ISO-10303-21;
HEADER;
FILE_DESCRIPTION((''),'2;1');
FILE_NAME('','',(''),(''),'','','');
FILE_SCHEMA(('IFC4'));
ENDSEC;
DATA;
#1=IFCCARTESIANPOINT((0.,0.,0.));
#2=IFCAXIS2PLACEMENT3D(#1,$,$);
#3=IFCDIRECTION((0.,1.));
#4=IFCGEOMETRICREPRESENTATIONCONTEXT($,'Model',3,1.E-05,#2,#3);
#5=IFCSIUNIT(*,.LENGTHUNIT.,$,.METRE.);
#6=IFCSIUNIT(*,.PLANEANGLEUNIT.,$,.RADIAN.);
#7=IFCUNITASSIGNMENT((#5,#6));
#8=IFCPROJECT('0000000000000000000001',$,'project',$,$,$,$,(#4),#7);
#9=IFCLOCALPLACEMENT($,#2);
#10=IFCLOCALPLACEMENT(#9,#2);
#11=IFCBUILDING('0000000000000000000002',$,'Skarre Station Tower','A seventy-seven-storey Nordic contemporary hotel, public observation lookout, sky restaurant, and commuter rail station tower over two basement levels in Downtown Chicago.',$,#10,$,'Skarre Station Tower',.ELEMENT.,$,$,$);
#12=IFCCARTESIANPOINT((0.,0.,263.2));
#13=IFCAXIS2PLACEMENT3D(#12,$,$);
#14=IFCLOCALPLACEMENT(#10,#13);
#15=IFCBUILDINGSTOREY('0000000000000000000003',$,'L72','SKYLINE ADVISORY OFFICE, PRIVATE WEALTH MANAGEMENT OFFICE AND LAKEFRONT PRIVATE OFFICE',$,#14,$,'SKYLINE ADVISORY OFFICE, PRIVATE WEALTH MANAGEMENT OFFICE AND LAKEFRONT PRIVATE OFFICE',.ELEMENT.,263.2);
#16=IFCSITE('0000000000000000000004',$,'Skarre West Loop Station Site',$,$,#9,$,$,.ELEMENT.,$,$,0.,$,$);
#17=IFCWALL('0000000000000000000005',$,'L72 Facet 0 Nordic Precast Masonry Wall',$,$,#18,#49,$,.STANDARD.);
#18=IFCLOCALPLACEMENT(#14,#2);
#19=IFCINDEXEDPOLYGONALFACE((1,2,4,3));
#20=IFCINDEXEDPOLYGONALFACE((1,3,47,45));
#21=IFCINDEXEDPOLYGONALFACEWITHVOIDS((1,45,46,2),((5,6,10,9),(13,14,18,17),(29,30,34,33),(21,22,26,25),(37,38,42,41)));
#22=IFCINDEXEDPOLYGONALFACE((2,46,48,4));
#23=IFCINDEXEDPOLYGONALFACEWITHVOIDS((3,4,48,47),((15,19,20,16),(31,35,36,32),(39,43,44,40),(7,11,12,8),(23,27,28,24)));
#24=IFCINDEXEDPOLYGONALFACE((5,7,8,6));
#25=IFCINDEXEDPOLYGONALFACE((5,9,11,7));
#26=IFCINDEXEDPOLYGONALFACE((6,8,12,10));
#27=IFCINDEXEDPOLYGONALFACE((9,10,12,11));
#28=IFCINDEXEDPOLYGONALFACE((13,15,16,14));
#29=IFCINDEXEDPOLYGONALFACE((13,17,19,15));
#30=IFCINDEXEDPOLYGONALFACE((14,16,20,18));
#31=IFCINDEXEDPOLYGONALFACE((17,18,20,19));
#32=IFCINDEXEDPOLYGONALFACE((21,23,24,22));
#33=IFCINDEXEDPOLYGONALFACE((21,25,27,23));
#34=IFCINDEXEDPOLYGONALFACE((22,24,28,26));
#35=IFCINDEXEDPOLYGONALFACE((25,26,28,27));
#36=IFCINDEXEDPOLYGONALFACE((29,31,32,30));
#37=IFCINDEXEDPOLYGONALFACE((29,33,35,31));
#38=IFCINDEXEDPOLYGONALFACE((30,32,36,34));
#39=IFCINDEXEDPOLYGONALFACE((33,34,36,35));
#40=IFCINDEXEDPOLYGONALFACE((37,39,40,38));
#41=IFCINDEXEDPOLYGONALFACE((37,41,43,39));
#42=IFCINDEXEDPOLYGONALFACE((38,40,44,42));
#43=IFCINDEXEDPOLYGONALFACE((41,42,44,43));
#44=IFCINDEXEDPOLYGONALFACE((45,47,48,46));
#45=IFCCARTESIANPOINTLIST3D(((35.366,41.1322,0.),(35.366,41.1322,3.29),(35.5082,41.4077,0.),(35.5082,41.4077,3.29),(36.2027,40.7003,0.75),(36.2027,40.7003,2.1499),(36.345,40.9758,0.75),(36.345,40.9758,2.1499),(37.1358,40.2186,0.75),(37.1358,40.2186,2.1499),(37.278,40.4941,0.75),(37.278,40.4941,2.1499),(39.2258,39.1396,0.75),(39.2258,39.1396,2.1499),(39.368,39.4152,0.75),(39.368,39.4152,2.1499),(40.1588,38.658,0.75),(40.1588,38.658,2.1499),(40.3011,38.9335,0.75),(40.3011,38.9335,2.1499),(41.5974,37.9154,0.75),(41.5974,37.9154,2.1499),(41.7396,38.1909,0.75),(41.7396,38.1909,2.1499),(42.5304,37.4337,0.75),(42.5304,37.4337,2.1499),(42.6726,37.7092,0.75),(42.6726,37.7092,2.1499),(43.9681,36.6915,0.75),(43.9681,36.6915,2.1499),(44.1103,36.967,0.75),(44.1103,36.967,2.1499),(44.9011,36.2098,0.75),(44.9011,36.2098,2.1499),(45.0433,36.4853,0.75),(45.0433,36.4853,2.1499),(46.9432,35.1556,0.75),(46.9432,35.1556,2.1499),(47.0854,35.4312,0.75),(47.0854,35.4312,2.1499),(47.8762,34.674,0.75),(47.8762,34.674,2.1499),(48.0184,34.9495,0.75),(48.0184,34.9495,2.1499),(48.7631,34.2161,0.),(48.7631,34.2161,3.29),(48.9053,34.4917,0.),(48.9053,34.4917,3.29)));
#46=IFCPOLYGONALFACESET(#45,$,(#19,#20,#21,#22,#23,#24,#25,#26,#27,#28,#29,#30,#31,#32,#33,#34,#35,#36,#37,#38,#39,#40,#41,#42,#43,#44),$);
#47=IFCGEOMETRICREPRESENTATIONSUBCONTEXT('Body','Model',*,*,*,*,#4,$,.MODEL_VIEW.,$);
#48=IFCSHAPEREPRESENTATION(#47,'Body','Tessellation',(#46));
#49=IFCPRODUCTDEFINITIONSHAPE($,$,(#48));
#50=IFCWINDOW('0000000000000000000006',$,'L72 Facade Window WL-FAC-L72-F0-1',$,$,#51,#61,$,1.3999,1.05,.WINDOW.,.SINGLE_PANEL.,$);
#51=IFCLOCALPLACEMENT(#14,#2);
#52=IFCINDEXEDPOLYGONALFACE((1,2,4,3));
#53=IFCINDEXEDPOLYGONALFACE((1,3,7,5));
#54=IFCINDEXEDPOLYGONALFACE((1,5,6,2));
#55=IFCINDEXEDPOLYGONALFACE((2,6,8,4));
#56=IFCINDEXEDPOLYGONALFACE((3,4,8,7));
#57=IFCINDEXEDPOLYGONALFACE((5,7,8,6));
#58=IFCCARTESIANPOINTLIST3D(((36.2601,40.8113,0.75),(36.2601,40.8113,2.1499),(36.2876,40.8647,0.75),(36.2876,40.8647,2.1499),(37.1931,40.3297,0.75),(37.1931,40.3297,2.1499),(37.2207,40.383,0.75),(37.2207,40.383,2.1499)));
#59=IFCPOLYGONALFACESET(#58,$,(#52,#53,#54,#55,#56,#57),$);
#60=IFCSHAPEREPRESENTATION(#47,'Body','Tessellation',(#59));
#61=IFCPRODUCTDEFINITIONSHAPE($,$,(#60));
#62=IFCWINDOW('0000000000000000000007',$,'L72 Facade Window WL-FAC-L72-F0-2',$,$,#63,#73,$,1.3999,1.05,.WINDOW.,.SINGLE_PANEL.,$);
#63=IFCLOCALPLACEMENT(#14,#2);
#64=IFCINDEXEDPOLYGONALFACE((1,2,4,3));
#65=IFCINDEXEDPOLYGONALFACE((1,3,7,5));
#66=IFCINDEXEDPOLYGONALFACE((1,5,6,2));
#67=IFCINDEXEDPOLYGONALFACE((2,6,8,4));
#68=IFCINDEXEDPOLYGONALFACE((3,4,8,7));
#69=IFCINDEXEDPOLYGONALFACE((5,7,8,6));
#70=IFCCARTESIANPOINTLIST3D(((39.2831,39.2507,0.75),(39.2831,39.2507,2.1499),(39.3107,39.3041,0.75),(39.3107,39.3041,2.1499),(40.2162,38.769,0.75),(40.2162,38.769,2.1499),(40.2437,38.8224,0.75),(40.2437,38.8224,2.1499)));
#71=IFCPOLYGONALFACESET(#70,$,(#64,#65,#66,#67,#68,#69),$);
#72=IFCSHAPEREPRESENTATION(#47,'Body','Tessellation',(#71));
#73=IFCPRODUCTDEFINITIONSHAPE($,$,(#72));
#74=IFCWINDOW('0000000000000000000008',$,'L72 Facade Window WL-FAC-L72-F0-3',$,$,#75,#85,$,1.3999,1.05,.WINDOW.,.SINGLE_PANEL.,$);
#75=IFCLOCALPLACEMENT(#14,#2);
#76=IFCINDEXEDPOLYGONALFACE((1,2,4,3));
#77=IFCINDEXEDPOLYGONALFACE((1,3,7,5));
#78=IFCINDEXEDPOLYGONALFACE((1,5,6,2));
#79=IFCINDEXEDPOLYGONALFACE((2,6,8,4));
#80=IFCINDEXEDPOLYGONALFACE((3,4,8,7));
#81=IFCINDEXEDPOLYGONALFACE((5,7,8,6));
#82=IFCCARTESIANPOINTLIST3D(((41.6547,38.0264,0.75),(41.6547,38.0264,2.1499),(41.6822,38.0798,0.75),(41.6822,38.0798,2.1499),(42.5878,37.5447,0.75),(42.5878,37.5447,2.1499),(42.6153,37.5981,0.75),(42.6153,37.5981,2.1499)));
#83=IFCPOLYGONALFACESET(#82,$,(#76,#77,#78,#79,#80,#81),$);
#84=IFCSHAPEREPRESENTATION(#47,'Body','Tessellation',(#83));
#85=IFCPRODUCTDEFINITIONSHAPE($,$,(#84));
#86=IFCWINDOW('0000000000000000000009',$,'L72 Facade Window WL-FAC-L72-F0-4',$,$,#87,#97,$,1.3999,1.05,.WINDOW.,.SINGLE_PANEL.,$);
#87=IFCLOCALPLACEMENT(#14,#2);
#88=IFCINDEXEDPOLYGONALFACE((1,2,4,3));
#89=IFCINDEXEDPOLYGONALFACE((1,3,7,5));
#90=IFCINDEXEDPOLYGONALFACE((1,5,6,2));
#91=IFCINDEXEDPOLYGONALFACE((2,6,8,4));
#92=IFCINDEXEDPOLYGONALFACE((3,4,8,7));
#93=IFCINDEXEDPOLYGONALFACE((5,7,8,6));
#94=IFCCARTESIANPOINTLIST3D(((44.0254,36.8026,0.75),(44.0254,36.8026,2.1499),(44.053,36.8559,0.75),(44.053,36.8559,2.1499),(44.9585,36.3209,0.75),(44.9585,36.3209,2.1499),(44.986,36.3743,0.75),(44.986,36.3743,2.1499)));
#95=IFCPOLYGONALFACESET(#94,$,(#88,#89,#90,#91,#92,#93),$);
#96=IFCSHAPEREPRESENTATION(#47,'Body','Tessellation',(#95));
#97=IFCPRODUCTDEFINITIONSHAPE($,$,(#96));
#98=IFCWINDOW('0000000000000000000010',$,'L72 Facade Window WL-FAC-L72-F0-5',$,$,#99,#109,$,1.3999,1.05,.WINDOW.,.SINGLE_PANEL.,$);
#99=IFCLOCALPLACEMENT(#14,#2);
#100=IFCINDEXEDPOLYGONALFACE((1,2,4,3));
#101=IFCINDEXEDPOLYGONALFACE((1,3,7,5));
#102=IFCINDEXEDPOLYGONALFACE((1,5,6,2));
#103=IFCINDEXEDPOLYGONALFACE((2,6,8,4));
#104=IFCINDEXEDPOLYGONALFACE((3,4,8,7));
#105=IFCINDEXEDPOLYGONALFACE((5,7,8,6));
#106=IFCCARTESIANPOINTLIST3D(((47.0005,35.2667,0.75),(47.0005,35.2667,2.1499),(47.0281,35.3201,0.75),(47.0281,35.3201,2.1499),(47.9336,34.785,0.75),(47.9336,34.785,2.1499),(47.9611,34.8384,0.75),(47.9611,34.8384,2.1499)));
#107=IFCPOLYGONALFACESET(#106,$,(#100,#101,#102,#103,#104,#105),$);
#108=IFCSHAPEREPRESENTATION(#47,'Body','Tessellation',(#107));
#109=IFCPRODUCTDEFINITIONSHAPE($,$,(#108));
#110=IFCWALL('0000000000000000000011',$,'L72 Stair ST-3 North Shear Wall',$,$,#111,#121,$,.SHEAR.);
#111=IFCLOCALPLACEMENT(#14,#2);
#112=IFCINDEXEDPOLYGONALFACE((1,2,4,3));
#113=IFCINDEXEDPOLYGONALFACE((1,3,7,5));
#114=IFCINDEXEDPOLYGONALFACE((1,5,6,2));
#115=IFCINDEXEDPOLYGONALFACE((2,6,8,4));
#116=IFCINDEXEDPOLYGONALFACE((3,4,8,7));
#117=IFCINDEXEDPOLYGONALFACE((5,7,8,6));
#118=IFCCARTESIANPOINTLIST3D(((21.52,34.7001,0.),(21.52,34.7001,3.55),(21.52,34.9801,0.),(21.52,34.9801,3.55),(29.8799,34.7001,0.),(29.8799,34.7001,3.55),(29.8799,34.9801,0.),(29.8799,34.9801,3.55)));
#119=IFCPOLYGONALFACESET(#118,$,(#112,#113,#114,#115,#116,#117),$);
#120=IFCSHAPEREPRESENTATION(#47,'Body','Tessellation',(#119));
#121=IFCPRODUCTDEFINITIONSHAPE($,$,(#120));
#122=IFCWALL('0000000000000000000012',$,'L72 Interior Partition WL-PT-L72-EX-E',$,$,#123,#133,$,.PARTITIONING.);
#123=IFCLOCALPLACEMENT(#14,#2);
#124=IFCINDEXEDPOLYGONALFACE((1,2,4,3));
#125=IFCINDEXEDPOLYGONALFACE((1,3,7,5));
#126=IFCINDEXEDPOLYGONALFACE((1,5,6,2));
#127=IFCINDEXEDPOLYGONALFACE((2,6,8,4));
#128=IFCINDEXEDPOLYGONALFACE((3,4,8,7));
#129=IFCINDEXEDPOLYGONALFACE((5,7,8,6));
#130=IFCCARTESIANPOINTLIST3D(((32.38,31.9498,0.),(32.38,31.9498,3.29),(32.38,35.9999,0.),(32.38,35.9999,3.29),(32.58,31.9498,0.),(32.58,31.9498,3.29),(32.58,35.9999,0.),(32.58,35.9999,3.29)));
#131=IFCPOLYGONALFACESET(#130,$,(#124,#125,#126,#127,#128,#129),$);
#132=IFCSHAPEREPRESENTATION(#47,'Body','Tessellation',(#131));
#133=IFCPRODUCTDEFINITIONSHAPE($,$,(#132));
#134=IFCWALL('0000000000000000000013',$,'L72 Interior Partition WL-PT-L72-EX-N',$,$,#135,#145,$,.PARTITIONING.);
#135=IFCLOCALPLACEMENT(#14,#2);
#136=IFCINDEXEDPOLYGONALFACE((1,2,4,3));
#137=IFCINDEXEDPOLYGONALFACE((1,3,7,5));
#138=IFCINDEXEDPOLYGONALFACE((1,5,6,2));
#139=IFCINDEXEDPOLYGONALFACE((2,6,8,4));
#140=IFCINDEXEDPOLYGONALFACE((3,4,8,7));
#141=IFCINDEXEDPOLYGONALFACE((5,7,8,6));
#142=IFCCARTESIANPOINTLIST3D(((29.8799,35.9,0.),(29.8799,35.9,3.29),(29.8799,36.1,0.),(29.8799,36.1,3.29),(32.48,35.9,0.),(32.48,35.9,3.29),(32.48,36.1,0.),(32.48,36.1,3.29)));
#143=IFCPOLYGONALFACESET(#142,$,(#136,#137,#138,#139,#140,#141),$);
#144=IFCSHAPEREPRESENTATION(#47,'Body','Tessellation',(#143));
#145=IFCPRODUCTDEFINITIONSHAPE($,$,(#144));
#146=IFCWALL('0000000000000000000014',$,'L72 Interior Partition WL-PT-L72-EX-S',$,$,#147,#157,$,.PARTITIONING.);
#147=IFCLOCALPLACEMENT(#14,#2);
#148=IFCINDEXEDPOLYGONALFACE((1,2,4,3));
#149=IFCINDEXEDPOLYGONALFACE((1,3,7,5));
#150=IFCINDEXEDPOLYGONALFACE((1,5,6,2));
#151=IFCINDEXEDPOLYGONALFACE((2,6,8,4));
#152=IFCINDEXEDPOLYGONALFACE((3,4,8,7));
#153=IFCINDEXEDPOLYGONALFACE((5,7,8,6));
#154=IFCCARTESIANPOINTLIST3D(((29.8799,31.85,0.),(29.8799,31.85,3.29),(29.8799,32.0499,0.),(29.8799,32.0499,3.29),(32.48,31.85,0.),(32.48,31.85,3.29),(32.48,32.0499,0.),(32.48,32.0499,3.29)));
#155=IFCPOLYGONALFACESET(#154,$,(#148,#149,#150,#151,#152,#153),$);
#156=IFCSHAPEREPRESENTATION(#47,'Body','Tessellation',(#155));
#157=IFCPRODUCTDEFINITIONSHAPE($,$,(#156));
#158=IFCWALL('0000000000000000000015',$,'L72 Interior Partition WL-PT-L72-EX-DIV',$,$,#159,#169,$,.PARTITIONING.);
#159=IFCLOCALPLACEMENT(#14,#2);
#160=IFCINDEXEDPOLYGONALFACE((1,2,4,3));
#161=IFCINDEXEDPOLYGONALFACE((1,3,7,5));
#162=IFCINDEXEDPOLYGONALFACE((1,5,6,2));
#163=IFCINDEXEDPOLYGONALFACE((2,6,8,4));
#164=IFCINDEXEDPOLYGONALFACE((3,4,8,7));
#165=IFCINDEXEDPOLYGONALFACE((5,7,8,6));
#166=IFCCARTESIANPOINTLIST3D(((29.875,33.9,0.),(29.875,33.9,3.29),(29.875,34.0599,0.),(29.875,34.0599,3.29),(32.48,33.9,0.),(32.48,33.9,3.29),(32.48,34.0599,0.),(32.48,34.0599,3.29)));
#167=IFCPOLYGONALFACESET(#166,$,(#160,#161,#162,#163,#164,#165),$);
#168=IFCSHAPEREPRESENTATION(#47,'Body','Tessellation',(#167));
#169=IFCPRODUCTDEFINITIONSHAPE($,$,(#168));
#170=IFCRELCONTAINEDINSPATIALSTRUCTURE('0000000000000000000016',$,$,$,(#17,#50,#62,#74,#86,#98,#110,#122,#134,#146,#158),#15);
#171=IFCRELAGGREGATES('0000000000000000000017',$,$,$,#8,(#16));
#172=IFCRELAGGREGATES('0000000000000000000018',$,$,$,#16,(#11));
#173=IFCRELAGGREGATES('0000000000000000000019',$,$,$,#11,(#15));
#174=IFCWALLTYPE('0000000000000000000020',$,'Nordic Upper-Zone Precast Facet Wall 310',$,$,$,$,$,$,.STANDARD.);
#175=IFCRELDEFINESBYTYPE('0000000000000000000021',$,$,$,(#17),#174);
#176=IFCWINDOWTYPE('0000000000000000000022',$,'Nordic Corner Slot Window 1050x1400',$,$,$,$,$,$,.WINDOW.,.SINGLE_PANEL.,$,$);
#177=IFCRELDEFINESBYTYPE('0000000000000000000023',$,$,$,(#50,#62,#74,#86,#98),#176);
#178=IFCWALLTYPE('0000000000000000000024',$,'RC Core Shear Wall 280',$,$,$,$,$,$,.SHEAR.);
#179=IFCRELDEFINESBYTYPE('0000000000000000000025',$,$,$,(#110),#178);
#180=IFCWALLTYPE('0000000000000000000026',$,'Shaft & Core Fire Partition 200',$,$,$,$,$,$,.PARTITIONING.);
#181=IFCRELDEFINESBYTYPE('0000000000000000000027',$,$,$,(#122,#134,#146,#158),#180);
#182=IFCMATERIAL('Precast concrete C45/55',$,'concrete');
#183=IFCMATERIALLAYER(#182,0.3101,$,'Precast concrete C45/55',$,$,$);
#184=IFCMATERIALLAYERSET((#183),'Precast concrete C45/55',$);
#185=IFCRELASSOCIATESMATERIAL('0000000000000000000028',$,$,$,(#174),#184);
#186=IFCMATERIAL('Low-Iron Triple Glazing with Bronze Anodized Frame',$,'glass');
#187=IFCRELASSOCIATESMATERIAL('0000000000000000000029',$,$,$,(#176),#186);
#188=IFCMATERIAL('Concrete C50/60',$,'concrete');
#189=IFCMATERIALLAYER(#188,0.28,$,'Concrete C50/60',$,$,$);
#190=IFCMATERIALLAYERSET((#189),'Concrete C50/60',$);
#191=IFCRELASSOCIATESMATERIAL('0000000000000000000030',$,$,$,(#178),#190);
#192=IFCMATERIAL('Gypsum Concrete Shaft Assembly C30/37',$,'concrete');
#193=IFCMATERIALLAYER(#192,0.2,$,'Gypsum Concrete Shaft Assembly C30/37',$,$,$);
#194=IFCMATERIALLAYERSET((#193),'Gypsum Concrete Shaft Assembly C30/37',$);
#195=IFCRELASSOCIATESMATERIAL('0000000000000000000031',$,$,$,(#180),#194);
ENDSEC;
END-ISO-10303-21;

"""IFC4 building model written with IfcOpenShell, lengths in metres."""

from ifc_helpers import new_model, si_unit, direction, frame, frame_2d, origin, place, context, subcontext, project, spatial, rectangle, extrude, material, layer, layer_set, type_object, element, fill, save


model = new_model("IFC4")

# Units and contexts
model_context = context("Model", 3, precision=1e-05, world=origin(), true_north=direction((0.0, 1.0)))
body_context = subcontext(model_context, "Body", "Model", "MODEL_VIEW")
ifc_project = project(units=[si_unit("LENGTHUNIT", "METRE"), si_unit("PLANEANGLEUNIT", "RADIAN")], contexts=[model_context])

# Site, building, storey
site_placement = place(None, origin())
site = spatial("IfcSite", under=ifc_project, at=site_placement, Name="Skarre West Loop Station Site", CompositionType="ELEMENT", RefElevation=0.0)
building_placement = place(site_placement, origin())
building = spatial("IfcBuilding", under=site, at=building_placement, Name="Skarre Station Tower", Description="A seventy-seven-storey Nordic contemporary hotel, public observation lookout, sky restaurant, and commuter rail station tower over two basement levels in Downtown Chicago.", LongName="Skarre Station Tower", CompositionType="ELEMENT")
storey_placement = place(building_placement, frame((0.0, 0.0, 263.2)))
storey = spatial("IfcBuildingStorey", under=building, at=storey_placement, Name="L72", Description="SKYLINE ADVISORY OFFICE, PRIVATE WEALTH MANAGEMENT OFFICE AND LAKEFRONT PRIVATE OFFICE", LongName="SKYLINE ADVISORY OFFICE, PRIVATE WEALTH MANAGEMENT OFFICE AND LAKEFRONT PRIVATE OFFICE", CompositionType="ELEMENT", Elevation=263.2)

# Shared definitions
ifc_material_1 = material(Name="Concrete C50/60", Category="concrete")

# Shared definitions
ifc_material_2 = material(Name="Precast concrete C45/55", Category="concrete")

# Wall, openings, windows
ifc_layer_1 = layer(ifc_material_2, 0.3101, Name="Precast concrete C45/55")
ifc_layer_set_1 = layer_set([ifc_layer_1], Name="Precast concrete C45/55")
wall_type_1 = type_object("IfcWallType", Name="Nordic Upper-Zone Precast Facet Wall 310", PredefinedType="STANDARD", material=ifc_layer_set_1)
wall_1_placement = place(storey_placement, frame((35.437, 41.27, 0.0), z_axis=(0.0, 0.0, 1.0), x_axis=(0.888581, -0.458719, 0.0)))
wall_1 = element("IfcWall", 1, at=wall_1_placement, inside=storey, type_object=wall_type_1, Name="L72 Facet 0 Nordic Precast Masonry Wall", PredefinedType="STANDARD", context=body_context, shape_type="SweptSolid", body=[
    extrude(rectangle(XDim=15.0769, YDim=0.3101, at=frame_2d((7.5386, 0.0))), origin(), (0.0, 0.0, 1.0), 3.29),
])
opening_1_placement = place(wall_1_placement, frame((0.9419, 0.0, 0.75)))
opening_1 = element("IfcOpeningElement", 2, at=opening_1_placement, cuts=wall_1, PredefinedType="OPENING", context=body_context, shape_type="SweptSolid", body=[
    extrude(rectangle(XDim=1.05, YDim=1.3999, at=frame_2d((0.5249, 0.7))), frame((0.0, 0.165, 0.0), z_axis=(0.0, -1.0, 0.0), x_axis=(1.0, 0.0, 0.0)), (0.0, 0.0, 1.0), 0.3301),
])
opening_2_placement = place(wall_1_placement, frame((4.344, 0.0, 0.75)))
opening_2 = element("IfcOpeningElement", 3, at=opening_2_placement, cuts=wall_1, PredefinedType="OPENING", context=body_context, shape_type="SweptSolid", body=[
    extrude(rectangle(XDim=1.05, YDim=1.3999, at=frame_2d((0.5249, 0.7))), frame((0.0, 0.165, 0.0), z_axis=(0.0, -1.0, 0.0), x_axis=(1.0, 0.0, 0.0)), (0.0, 0.0, 1.0), 0.3301),
])
opening_3_placement = place(wall_1_placement, frame((7.0129, 0.0, 0.75)))
opening_3 = element("IfcOpeningElement", 4, at=opening_3_placement, cuts=wall_1, PredefinedType="OPENING", context=body_context, shape_type="SweptSolid", body=[
    extrude(rectangle(XDim=1.05, YDim=1.3999, at=frame_2d((0.5249, 0.7))), frame((0.0, 0.165, 0.0), z_axis=(0.0, -1.0, 0.0), x_axis=(1.0, 0.0, 0.0)), (0.0, 0.0, 1.0), 0.3301),
])
opening_4_placement = place(wall_1_placement, frame((9.6809, 0.0, 0.75)))
opening_4 = element("IfcOpeningElement", 5, at=opening_4_placement, cuts=wall_1, PredefinedType="OPENING", context=body_context, shape_type="SweptSolid", body=[
    extrude(rectangle(XDim=1.05, YDim=1.3999, at=frame_2d((0.5249, 0.7))), frame((0.0, 0.165, 0.0), z_axis=(0.0, -1.0, 0.0), x_axis=(1.0, 0.0, 0.0)), (0.0, 0.0, 1.0), 0.3301),
])
opening_5_placement = place(wall_1_placement, frame((13.0291, 0.0, 0.75)))
opening_5 = element("IfcOpeningElement", 6, at=opening_5_placement, cuts=wall_1, PredefinedType="OPENING", context=body_context, shape_type="SweptSolid", body=[
    extrude(rectangle(XDim=1.05, YDim=1.3999, at=frame_2d((0.5249, 0.7))), frame((0.0, 0.165, 0.0), z_axis=(0.0, -1.0, 0.0), x_axis=(1.0, 0.0, 0.0)), (0.0, 0.0, 1.0), 0.3301),
])
ifc_material_3 = material(Name="Low-Iron Triple Glazing with Bronze Anodized Frame", Category="glass")
window_type = type_object("IfcWindowType", Name="Nordic Corner Slot Window 1050x1400", PartitioningType="SINGLE_PANEL", PredefinedType="WINDOW", material=ifc_material_3)
window_1_placement = place(opening_1_placement, origin())
window_1 = element("IfcWindow", 7, at=window_1_placement, inside=storey, type_object=window_type, Name="L72 Facade Window WL-FAC-L72-F0-1", OverallHeight=1.3999, OverallWidth=1.05, PartitioningType="SINGLE_PANEL", PredefinedType="WINDOW", context=body_context, shape_type="SweptSolid", body=[
    extrude(rectangle(XDim=1.05, YDim=1.3999, at=frame_2d((0.5249, 0.7))), frame((0.0, 0.03, 0.0), z_axis=(0.0, -1.0, 0.0), x_axis=(1.0, 0.0, 0.0)), (0.0, 0.0, 1.0), 0.0601),
])
fill(opening_1, window_1)
window_2_placement = place(opening_2_placement, origin())
window_2 = element("IfcWindow", 8, at=window_2_placement, inside=storey, type_object=window_type, Name="L72 Facade Window WL-FAC-L72-F0-2", OverallHeight=1.3999, OverallWidth=1.05, PartitioningType="SINGLE_PANEL", PredefinedType="WINDOW", context=body_context, shape_type="SweptSolid", body=[
    extrude(rectangle(XDim=1.05, YDim=1.3999, at=frame_2d((0.5249, 0.7))), frame((0.0, 0.03, 0.0), z_axis=(0.0, -1.0, 0.0), x_axis=(1.0, 0.0, 0.0)), (0.0, 0.0, 1.0), 0.0601),
])
fill(opening_2, window_2)
window_3_placement = place(opening_3_placement, origin())
window_3 = element("IfcWindow", 9, at=window_3_placement, inside=storey, type_object=window_type, Name="L72 Facade Window WL-FAC-L72-F0-3", OverallHeight=1.3999, OverallWidth=1.05, PartitioningType="SINGLE_PANEL", PredefinedType="WINDOW", context=body_context, shape_type="SweptSolid", body=[
    extrude(rectangle(XDim=1.05, YDim=1.3999, at=frame_2d((0.5249, 0.7))), frame((0.0, 0.03, 0.0), z_axis=(0.0, -1.0, 0.0), x_axis=(1.0, 0.0, 0.0)), (0.0, 0.0, 1.0), 0.0601),
])
fill(opening_3, window_3)
window_4_placement = place(opening_4_placement, origin())
window_4 = element("IfcWindow", 10, at=window_4_placement, inside=storey, type_object=window_type, Name="L72 Facade Window WL-FAC-L72-F0-4", OverallHeight=1.3999, OverallWidth=1.05, PartitioningType="SINGLE_PANEL", PredefinedType="WINDOW", context=body_context, shape_type="SweptSolid", body=[
    extrude(rectangle(XDim=1.05, YDim=1.3999, at=frame_2d((0.5249, 0.7))), frame((0.0, 0.03, 0.0), z_axis=(0.0, -1.0, 0.0), x_axis=(1.0, 0.0, 0.0)), (0.0, 0.0, 1.0), 0.0601),
])
fill(opening_4, window_4)
window_5_placement = place(opening_5_placement, origin())
window_5 = element("IfcWindow", 11, at=window_5_placement, inside=storey, type_object=window_type, Name="L72 Facade Window WL-FAC-L72-F0-5", OverallHeight=1.3999, OverallWidth=1.05, PartitioningType="SINGLE_PANEL", PredefinedType="WINDOW", context=body_context, shape_type="SweptSolid", body=[
    extrude(rectangle(XDim=1.05, YDim=1.3999, at=frame_2d((0.5249, 0.7))), frame((0.0, 0.03, 0.0), z_axis=(0.0, -1.0, 0.0), x_axis=(1.0, 0.0, 0.0)), (0.0, 0.0, 1.0), 0.0601),
])
fill(opening_5, window_5)

# Walls
ifc_layer_2 = layer(ifc_material_1, 0.28, Name="Concrete C50/60")
ifc_layer_set_2 = layer_set([ifc_layer_2], Name="Concrete C50/60")
wall_type_2 = type_object("IfcWallType", Name="RC Core Shear Wall 280", PredefinedType="SHEAR", material=ifc_layer_set_2)
wall_2_placement = place(storey_placement, frame((29.8799, 34.8401, 0.0), z_axis=(0.0, 0.0, 1.0), x_axis=(-1.0, 0.0, 0.0)))
element("IfcWall", 12, at=wall_2_placement, inside=storey, type_object=wall_type_2, Name="L72 Stair ST-3 North Shear Wall", PredefinedType="SHEAR", context=body_context, shape_type="SweptSolid", body=[
    extrude(rectangle(XDim=8.3599, YDim=0.28, at=frame_2d((4.1799, 0.0))), origin(), (0.0, 0.0, 1.0), 3.55),
])
ifc_material_4 = material(Name="Gypsum Concrete Shaft Assembly C30/37", Category="concrete")
ifc_layer_3 = layer(ifc_material_4, 0.2, Name="Gypsum Concrete Shaft Assembly C30/37")
ifc_layer_set_3 = layer_set([ifc_layer_3], Name="Gypsum Concrete Shaft Assembly C30/37")
wall_type_3 = type_object("IfcWallType", Name="Shaft & Core Fire Partition 200", PredefinedType="PARTITIONING", material=ifc_layer_set_3)
wall_3_placement = place(storey_placement, frame((32.48, 31.95, 0.0), z_axis=(0.0, 0.0, 1.0), x_axis=(0.0, 1.0, 0.0)))
element("IfcWall", 13, at=wall_3_placement, inside=storey, type_object=wall_type_3, Name="L72 Interior Partition WL-PT-L72-EX-E", PredefinedType="PARTITIONING", context=body_context, shape_type="SweptSolid", body=[
    extrude(rectangle(XDim=4.05, YDim=0.2, at=frame_2d((2.0249, 0.0))), origin(), (0.0, 0.0, 1.0), 3.29),
])
for number, where, z_axis, x_axis, name in (
    (14, (29.8799, 36.0, 0.0), (0.0, 0.0, 1.0), (1.0, 0.0, 0.0), "L72 Interior Partition WL-PT-L72-EX-N"),
    (15, (32.48, 31.95, 0.0), (0.0, 0.0, 1.0), (-1.0, 0.0, 0.0), "L72 Interior Partition WL-PT-L72-EX-S"),
):
    element("IfcWall", number, at=place(storey_placement, frame(where, z_axis=z_axis, x_axis=x_axis)), inside=storey, type_object=wall_type_3, Name=name, PredefinedType="PARTITIONING", context=body_context, shape_type="SweptSolid", body=[
        extrude(rectangle(XDim=2.6001, YDim=0.2, at=frame_2d((1.3, 0.0))), origin(), (0.0, 0.0, 1.0), 3.29),
    ])
wall_4_placement = place(storey_placement, frame((29.875, 33.98, 0.0), z_axis=(0.0, 0.0, 1.0), x_axis=(1.0, 0.0, 0.0)))
element("IfcWall", 16, at=wall_4_placement, inside=storey, type_object=wall_type_3, Name="L72 Interior Partition WL-PT-L72-EX-DIV", PredefinedType="PARTITIONING", context=body_context, shape_type="SweptSolid", body=[
    extrude(rectangle(XDim=2.605, YDim=0.1599, at=frame_2d((1.3025, 0.0))), origin(), (0.0, 0.0, 1.0), 3.29),
])

save(model, "model.ifc")
